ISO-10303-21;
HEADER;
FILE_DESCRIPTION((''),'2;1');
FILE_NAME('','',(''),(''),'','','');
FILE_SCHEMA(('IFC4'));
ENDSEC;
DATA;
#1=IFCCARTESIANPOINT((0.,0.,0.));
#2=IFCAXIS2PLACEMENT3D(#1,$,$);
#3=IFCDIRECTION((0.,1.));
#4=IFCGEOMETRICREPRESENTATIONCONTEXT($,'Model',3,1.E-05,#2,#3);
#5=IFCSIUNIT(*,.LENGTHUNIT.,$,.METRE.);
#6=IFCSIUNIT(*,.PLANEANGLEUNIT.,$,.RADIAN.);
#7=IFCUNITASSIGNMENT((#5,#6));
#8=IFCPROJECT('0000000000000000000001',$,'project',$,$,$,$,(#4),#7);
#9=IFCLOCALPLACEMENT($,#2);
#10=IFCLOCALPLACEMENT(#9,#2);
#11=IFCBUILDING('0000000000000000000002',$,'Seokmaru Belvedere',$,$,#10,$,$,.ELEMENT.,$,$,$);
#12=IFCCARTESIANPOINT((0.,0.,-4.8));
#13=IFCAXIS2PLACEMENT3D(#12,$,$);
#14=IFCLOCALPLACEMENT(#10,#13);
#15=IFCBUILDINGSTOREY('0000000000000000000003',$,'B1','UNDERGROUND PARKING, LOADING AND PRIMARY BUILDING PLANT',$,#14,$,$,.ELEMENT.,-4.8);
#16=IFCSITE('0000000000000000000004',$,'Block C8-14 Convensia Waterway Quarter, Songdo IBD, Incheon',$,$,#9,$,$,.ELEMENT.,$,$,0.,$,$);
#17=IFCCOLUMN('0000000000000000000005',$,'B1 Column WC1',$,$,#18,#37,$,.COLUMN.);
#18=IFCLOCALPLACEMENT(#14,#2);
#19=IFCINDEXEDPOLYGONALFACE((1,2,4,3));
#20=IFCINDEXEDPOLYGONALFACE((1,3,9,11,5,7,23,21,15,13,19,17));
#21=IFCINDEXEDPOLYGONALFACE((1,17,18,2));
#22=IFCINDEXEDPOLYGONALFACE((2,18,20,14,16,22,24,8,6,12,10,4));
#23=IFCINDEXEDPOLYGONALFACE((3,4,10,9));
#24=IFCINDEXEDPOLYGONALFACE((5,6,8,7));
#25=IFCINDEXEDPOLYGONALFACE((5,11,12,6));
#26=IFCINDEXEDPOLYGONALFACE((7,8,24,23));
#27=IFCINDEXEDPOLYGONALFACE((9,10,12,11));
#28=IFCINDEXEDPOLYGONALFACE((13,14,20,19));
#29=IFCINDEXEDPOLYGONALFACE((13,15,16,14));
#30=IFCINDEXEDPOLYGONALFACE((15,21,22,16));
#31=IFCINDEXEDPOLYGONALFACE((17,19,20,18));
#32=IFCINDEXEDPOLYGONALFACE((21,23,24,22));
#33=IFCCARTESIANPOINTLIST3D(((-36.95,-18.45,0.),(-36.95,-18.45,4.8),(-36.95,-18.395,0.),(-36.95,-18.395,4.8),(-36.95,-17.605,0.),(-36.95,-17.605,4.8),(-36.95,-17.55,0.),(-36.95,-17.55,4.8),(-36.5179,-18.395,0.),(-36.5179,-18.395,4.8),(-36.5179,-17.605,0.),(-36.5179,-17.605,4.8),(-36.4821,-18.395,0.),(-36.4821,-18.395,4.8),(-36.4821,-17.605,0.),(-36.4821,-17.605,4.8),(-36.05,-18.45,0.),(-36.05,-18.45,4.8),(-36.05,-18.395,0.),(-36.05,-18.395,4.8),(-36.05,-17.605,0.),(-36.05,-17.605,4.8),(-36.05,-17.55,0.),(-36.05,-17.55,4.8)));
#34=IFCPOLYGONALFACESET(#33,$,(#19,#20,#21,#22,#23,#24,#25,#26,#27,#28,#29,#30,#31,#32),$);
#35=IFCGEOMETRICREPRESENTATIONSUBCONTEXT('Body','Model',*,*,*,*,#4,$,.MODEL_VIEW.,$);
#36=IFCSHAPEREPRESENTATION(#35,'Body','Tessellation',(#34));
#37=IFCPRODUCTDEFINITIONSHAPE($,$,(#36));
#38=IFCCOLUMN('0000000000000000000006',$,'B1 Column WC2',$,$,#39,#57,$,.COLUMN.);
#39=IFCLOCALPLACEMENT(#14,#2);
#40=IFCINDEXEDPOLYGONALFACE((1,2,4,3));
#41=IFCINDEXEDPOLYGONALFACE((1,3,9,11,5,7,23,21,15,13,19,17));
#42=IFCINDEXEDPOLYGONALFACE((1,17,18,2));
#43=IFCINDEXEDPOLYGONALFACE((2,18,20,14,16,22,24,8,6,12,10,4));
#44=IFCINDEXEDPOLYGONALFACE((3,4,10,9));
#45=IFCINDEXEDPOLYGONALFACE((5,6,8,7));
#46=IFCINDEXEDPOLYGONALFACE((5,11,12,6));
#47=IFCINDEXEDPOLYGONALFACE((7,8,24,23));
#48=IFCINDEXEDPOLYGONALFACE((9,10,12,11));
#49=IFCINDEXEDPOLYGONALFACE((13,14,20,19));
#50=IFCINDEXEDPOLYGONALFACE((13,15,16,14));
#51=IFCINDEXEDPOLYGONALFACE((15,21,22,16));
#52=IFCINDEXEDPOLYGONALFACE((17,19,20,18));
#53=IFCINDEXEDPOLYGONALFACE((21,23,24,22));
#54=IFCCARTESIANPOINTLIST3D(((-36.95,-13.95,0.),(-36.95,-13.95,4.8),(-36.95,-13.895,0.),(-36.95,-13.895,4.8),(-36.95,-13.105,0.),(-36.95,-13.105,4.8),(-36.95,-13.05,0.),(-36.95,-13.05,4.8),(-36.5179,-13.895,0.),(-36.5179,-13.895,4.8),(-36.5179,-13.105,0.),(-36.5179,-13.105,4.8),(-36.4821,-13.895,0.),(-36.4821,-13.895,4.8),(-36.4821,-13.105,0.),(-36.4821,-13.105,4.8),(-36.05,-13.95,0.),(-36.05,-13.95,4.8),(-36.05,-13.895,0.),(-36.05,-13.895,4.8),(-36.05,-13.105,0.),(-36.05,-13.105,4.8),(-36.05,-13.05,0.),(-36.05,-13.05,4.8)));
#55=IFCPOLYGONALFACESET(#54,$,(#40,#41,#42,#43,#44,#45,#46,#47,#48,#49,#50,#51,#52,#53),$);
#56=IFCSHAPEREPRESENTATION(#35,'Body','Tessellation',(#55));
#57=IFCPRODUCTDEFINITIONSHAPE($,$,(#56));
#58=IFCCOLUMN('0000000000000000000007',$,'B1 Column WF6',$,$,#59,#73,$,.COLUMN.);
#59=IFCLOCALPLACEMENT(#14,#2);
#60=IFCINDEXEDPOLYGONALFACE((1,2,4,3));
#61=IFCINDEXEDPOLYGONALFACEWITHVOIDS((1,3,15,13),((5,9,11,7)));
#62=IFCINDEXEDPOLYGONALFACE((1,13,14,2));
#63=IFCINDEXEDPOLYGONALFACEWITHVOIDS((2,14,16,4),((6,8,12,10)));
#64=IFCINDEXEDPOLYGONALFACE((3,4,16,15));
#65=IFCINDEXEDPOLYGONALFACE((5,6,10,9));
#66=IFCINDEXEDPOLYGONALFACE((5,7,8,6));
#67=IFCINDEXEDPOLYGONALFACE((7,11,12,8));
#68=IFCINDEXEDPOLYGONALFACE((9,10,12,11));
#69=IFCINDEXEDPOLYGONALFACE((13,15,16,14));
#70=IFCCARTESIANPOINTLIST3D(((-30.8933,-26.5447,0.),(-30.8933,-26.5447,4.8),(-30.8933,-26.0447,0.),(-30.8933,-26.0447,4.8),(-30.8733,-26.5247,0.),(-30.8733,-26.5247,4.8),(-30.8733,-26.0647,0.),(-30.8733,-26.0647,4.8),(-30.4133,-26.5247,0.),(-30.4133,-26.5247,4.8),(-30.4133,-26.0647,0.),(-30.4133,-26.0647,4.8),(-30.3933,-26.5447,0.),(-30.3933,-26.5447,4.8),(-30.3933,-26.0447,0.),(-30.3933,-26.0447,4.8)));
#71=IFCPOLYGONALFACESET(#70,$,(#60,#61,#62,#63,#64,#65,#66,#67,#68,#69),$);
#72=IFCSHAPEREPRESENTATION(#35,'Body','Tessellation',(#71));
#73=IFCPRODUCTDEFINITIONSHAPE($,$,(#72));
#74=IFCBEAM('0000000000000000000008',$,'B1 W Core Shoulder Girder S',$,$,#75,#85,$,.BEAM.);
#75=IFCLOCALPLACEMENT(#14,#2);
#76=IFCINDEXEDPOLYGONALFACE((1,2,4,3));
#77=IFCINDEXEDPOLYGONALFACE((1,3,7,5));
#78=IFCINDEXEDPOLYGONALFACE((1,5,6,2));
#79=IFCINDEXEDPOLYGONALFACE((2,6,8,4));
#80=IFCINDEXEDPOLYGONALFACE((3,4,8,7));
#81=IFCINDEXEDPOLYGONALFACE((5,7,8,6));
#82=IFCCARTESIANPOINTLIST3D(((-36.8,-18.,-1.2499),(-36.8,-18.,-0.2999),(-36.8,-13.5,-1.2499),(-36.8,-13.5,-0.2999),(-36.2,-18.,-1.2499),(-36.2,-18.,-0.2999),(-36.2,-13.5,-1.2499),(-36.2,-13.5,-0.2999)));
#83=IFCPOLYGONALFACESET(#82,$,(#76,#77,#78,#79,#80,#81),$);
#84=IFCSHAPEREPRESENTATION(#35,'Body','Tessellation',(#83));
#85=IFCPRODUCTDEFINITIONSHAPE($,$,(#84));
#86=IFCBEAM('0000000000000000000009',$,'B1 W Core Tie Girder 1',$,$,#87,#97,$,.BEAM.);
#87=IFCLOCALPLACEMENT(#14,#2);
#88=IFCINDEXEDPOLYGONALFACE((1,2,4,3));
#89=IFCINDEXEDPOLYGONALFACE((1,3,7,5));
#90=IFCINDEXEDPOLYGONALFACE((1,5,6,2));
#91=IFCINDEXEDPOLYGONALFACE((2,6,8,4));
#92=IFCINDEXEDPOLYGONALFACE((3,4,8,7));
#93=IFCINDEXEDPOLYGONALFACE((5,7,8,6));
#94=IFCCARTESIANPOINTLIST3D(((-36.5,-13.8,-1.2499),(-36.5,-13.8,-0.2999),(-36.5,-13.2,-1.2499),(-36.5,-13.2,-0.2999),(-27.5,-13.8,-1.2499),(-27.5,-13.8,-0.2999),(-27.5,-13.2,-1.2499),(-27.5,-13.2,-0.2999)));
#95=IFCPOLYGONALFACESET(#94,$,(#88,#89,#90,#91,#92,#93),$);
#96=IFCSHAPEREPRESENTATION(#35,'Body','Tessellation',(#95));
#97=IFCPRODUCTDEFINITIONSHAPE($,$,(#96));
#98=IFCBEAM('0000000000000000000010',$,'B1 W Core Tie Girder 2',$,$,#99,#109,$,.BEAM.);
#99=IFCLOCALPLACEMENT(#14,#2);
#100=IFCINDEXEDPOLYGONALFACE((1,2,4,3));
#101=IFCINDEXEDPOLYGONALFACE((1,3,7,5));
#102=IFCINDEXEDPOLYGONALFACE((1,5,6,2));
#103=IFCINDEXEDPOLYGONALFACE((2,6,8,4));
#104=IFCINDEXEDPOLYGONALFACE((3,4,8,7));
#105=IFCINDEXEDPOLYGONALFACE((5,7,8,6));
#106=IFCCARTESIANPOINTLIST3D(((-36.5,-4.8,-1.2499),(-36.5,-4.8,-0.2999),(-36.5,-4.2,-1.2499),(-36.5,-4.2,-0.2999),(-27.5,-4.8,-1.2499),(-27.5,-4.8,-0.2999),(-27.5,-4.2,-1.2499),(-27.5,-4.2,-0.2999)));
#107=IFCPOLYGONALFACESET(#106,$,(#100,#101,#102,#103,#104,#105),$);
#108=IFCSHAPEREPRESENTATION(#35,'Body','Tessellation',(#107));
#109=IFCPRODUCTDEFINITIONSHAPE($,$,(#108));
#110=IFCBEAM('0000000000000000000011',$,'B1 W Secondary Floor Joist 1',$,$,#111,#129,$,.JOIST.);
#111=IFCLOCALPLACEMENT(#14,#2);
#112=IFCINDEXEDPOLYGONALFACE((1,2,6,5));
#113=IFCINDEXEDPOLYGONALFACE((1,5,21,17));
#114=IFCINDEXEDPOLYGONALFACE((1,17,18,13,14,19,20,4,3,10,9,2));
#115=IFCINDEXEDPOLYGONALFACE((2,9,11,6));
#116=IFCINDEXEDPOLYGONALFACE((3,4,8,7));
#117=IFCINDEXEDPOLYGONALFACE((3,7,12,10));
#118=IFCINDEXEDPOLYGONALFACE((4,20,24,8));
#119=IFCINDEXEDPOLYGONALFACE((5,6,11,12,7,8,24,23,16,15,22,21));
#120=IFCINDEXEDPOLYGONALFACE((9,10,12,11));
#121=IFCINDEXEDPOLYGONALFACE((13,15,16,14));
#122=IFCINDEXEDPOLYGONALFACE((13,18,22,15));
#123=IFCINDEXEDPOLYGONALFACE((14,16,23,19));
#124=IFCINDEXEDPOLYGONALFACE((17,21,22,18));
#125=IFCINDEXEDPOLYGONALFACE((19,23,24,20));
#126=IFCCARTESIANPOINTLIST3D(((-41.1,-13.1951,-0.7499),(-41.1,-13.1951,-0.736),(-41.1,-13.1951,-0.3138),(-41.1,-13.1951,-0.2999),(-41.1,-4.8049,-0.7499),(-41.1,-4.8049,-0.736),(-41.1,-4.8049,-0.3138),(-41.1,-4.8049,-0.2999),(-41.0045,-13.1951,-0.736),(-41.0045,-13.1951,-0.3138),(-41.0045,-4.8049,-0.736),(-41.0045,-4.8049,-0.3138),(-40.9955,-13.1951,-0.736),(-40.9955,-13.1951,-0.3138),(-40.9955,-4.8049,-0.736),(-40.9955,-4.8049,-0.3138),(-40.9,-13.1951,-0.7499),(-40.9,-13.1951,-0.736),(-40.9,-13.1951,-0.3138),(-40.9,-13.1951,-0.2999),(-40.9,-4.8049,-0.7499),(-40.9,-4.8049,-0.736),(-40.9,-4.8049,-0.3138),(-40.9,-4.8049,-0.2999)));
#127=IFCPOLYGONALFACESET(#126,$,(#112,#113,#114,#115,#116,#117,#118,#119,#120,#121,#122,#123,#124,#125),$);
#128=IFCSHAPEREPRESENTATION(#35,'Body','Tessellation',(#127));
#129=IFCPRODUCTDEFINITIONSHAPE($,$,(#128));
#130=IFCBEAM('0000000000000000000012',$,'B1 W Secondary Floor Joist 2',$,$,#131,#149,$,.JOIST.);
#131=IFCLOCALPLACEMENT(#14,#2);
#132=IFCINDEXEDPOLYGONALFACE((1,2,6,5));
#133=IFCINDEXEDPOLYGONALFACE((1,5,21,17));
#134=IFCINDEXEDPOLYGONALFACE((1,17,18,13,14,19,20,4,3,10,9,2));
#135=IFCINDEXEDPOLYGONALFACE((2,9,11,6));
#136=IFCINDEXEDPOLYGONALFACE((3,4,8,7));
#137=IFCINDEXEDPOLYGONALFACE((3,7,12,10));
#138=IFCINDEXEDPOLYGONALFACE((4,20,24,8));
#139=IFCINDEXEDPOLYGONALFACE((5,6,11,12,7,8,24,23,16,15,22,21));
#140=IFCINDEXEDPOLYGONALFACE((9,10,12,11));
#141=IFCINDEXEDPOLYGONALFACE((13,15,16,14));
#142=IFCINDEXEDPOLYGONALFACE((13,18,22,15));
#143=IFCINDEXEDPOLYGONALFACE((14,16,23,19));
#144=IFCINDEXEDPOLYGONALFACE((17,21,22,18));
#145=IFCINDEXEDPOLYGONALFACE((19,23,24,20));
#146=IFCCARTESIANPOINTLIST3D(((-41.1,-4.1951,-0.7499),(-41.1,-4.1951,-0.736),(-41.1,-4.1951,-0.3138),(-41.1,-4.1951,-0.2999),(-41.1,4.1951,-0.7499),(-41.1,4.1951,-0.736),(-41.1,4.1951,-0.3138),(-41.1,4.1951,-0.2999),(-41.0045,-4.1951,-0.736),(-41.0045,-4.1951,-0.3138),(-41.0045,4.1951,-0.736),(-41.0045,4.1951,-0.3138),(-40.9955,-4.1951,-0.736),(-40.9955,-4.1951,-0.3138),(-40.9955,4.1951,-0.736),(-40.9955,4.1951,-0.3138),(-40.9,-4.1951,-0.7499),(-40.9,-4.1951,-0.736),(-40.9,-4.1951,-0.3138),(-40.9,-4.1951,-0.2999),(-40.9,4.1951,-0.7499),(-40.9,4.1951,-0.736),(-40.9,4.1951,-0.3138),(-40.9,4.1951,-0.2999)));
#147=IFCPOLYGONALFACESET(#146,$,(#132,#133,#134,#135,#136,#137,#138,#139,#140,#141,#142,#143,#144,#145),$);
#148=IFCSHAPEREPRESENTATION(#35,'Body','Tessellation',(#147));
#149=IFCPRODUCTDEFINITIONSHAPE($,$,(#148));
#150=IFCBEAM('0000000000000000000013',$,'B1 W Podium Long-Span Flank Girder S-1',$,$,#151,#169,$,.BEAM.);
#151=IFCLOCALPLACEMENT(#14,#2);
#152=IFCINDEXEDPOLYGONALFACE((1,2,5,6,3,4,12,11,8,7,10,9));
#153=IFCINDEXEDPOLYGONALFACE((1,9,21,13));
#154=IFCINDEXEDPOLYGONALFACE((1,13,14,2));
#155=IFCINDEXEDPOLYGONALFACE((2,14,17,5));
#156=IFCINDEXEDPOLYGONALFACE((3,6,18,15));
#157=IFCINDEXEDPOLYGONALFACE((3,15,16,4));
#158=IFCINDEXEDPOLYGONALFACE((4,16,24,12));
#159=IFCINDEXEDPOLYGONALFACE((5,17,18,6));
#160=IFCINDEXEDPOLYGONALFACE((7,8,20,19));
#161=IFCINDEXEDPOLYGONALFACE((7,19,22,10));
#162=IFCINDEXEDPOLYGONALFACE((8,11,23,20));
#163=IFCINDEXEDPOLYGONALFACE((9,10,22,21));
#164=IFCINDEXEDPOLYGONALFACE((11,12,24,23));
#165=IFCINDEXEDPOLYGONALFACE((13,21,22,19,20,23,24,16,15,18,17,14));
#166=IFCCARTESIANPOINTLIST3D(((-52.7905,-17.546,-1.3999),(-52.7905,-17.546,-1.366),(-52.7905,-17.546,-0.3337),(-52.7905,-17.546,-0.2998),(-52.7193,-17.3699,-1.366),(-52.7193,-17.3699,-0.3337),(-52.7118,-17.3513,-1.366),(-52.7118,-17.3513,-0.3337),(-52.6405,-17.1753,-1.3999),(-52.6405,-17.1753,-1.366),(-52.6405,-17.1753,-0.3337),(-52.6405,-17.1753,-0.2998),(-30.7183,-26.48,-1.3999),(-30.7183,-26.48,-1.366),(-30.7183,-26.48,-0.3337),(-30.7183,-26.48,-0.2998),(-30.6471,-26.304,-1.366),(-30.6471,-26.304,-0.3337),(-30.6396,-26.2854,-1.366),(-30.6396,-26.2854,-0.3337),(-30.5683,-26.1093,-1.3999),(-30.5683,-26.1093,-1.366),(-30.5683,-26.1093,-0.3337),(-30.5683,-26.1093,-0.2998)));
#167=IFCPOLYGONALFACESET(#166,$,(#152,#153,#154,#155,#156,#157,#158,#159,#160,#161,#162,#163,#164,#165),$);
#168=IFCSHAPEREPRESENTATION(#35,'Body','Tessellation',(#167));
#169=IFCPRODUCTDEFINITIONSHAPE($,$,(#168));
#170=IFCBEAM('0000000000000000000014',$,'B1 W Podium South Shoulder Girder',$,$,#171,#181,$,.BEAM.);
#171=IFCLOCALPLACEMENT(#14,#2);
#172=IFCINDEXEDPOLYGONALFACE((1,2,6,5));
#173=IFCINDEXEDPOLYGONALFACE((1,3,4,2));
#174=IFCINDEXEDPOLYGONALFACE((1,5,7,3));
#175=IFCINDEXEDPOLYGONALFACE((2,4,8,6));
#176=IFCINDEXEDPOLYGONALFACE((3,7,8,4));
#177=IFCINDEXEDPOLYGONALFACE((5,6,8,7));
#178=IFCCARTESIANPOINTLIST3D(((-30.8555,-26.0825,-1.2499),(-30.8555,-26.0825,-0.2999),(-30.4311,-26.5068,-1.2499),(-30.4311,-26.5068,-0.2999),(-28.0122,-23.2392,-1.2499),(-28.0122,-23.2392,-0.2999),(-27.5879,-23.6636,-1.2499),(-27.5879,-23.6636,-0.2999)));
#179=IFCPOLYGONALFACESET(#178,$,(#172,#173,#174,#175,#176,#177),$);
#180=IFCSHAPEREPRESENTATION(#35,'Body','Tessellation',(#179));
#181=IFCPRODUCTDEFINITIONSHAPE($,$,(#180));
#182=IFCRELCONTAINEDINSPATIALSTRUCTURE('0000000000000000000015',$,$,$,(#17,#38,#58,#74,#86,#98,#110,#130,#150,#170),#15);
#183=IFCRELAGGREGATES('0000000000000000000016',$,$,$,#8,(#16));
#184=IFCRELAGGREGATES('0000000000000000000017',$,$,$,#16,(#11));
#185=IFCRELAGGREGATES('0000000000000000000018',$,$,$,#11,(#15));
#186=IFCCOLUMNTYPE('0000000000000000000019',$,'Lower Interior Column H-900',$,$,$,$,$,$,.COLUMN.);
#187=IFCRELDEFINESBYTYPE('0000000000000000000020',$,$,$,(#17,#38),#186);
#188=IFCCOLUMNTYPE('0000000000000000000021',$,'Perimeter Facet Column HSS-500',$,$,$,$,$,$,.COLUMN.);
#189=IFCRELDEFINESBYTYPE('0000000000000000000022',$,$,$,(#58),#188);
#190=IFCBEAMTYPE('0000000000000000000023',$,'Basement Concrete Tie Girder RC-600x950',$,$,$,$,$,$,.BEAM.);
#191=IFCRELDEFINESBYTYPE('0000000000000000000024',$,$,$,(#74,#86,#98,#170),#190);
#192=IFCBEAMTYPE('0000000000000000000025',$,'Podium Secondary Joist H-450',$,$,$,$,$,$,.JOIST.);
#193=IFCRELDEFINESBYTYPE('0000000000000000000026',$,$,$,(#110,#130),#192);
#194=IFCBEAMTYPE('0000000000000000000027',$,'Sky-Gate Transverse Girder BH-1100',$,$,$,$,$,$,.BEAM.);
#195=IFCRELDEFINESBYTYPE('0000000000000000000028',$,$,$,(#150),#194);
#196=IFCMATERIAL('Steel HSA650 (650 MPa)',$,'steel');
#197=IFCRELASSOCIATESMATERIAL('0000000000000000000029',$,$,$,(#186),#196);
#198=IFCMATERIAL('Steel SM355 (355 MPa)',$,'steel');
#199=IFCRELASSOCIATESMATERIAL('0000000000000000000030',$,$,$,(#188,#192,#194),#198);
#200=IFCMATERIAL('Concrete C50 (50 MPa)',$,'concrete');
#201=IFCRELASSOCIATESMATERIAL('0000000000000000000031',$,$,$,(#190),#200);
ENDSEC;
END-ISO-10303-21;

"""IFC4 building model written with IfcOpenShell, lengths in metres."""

from ifc_helpers import new_model, si_unit, direction, frame, origin, origin_2d, place, context, subcontext, project, spatial, rectangle, hollow_rectangle, i_section, extrude, source, transform, mapped, material, material_profile, profile_set, type_object, type_shapes, element, save


model = new_model("IFC4")

# Units and contexts
model_context = context("Model", 3, precision=1e-05, world=origin(), true_north=direction((0.0, 1.0)))
body_context = subcontext(model_context, "Body", "Model", "MODEL_VIEW")
ifc_project = project(units=[si_unit("LENGTHUNIT", "METRE"), si_unit("PLANEANGLEUNIT", "RADIAN")], contexts=[model_context])

# Site, building, storey
site_placement = place(None, origin())
site = spatial("IfcSite", under=ifc_project, at=site_placement, Name="Block C8-14 Convensia Waterway Quarter, Songdo IBD, Incheon", CompositionType="ELEMENT", RefElevation=0.0)
building_placement = place(site_placement, origin())
building = spatial("IfcBuilding", under=site, at=building_placement, Name="Seokmaru Belvedere", CompositionType="ELEMENT")
storey_placement = place(building_placement, frame((0.0, 0.0, -4.8)))
storey = spatial("IfcBuildingStorey", under=building, at=storey_placement, Name="B1", Description="UNDERGROUND PARKING, LOADING AND PRIMARY BUILDING PLANT", CompositionType="ELEMENT", Elevation=-4.8)

# Columns
ifc_material_1 = material(Name="Steel HSA650 (650 MPa)", Category="steel")
ifc_material_profile_1 = material_profile(ifc_material_1, i_section(OverallWidth=0.8999, OverallDepth=0.8999, WebThickness=0.0359, FlangeThickness=0.0549, at=origin_2d()), Name="H-900x900x36x55")
ifc_profile_set_1 = profile_set([ifc_material_profile_1], Name="Steel HSA650 (650 MPa)")
column_type_1 = type_object("IfcColumnType", Name="Lower Interior Column H-900", PredefinedType="COLUMN", material=ifc_profile_set_1)
shared_shape_1 = source(origin(), body_context, "Body", "SweptSolid", [
    extrude(i_section(OverallWidth=0.8999, OverallDepth=0.8999, WebThickness=0.0359, FlangeThickness=0.0549, at=origin_2d()), origin(), (0.0, 0.0, 1.0), 4.8),
])
type_shapes(column_type_1, [shared_shape_1])
for number, where, z_axis, x_axis, name in (
    (1, (-36.5, -18.0, 0.0), (0.0, 0.0, 1.0), (1.0, 0.0, 0.0), "B1 Column WC1"),
    (2, (-36.5, -13.5, 0.0), (0.0, 0.0, 1.0), (1.0, 0.0, 0.0), "B1 Column WC2"),
):
    element("IfcColumn", number, at=place(storey_placement, frame(where, z_axis=z_axis, x_axis=x_axis)), inside=storey, type_object=column_type_1, Name=name, PredefinedType="COLUMN", context=body_context, shape_type="MappedRepresentation", body=[
        mapped(shared_shape_1, transform((0.0, 0.0, 0.0), scale=1.0)),
    ])
ifc_material_2 = material(Name="Steel SM355 (355 MPa)", Category="steel")
ifc_material_profile_2 = material_profile(ifc_material_2, hollow_rectangle(XDim=0.5, YDim=0.5, WallThickness=0.02, at=origin_2d()), Name="HSS-500x500x20")
ifc_profile_set_2 = profile_set([ifc_material_profile_2], Name="Steel SM355 (355 MPa)")
column_type_2 = type_object("IfcColumnType", Name="Perimeter Facet Column HSS-500", PredefinedType="COLUMN", material=ifc_profile_set_2)
shared_shape_2 = source(origin(), body_context, "Body", "SweptSolid", [
    extrude(hollow_rectangle(XDim=0.5, YDim=0.5, WallThickness=0.02, at=origin_2d()), origin(), (0.0, 0.0, 1.0), 4.8),
])
type_shapes(column_type_2, [shared_shape_2])
column_placement = place(storey_placement, frame((-30.6433, -26.2947, 0.0), z_axis=(0.0, 0.0, 1.0), x_axis=(1.0, 0.0, 0.0)))
element("IfcColumn", 3, at=column_placement, inside=storey, type_object=column_type_2, Name="B1 Column WF6", PredefinedType="COLUMN", context=body_context, shape_type="MappedRepresentation", body=[
    mapped(shared_shape_2, transform((0.0, 0.0, 0.0), scale=1.0)),
])

# Beams
ifc_material_3 = material(Name="Concrete C50 (50 MPa)", Category="concrete")
ifc_material_profile_3 = material_profile(ifc_material_3, rectangle(XDim=0.6001, YDim=0.95, at=origin_2d()), Name="RC-600x950")
ifc_profile_set_3 = profile_set([ifc_material_profile_3], Name="Concrete C50 (50 MPa)")
beam_type_1 = type_object("IfcBeamType", Name="Basement Concrete Tie Girder RC-600x950", PredefinedType="BEAM", material=ifc_profile_set_3)
shared_shape_3 = source(origin(), body_context, "Body", "SweptSolid", [
    extrude(rectangle(XDim=0.6001, YDim=0.95, at=origin_2d()), origin(), (0.0, 0.0, 1.0), 4.5),
])
beam_1_placement = place(storey_placement, frame((-36.5, -18.0, -0.7749), z_axis=(0.0, 1.0, 0.0), x_axis=(-1.0, 0.0, 0.0)))
element("IfcBeam", 4, at=beam_1_placement, inside=storey, type_object=beam_type_1, Name="B1 W Core Shoulder Girder S", PredefinedType="BEAM", context=body_context, shape_type="MappedRepresentation", body=[
    mapped(shared_shape_3, transform((0.0, 0.0, 0.0), scale=1.0)),
])
shared_shape_4 = source(origin(), body_context, "Body", "SweptSolid", [
    extrude(rectangle(XDim=0.6001, YDim=0.95, at=origin_2d()), origin(), (0.0, 0.0, 1.0), 9.0),
])
for number, where, z_axis, x_axis, name in (
    (5, (-36.5, -13.5, -0.7749), (1.0, 0.0, 0.0), (0.0, 1.0, 0.0), "B1 W Core Tie Girder 1"),
    (6, (-36.5, -4.5, -0.7749), (1.0, 0.0, 0.0), (0.0, 1.0, 0.0), "B1 W Core Tie Girder 2"),
):
    element("IfcBeam", number, at=place(storey_placement, frame(where, z_axis=z_axis, x_axis=x_axis)), inside=storey, type_object=beam_type_1, Name=name, PredefinedType="BEAM", context=body_context, shape_type="MappedRepresentation", body=[
        mapped(shared_shape_4, transform((0.0, 0.0, 0.0), scale=1.0)),
    ])
ifc_material_profile_4 = material_profile(ifc_material_2, i_section(OverallWidth=0.2, OverallDepth=0.45, WebThickness=0.009, FlangeThickness=0.0139, at=origin_2d()), Name="H-450x200x9x14")
ifc_profile_set_4 = profile_set([ifc_material_profile_4], Name="Steel SM355 (355 MPa)")
beam_type_2 = type_object("IfcBeamType", Name="Podium Secondary Joist H-450", PredefinedType="JOIST", material=ifc_profile_set_4)
shared_shape_5 = source(origin(), body_context, "Body", "SweptSolid", [
    extrude(i_section(OverallWidth=0.2, OverallDepth=0.45, WebThickness=0.009, FlangeThickness=0.0139, at=origin_2d()), origin(), (0.0, 0.0, 1.0), 8.3901),
])
type_shapes(beam_type_2, [shared_shape_5])
for number, where, z_axis, x_axis, name in (
    (7, (-41.0, -13.1951, -0.5249), (0.0, 1.0, 0.0), (-1.0, 0.0, 0.0), "B1 W Secondary Floor Joist 1"),
    (8, (-41.0, -4.1951, -0.5249), (0.0, 1.0, 0.0), (-1.0, 0.0, 0.0), "B1 W Secondary Floor Joist 2"),
):
    element("IfcBeam", number, at=place(storey_placement, frame(where, z_axis=z_axis, x_axis=x_axis)), inside=storey, type_object=beam_type_2, Name=name, PredefinedType="JOIST", context=body_context, shape_type="MappedRepresentation", body=[
        mapped(shared_shape_5, transform((0.0, 0.0, 0.0), scale=1.0)),
    ])
ifc_material_profile_5 = material_profile(ifc_material_2, i_section(OverallWidth=0.3999, OverallDepth=1.1001, WebThickness=0.02, FlangeThickness=0.0339, at=origin_2d()), Name="BH-1100x400x20x34")
ifc_profile_set_5 = profile_set([ifc_material_profile_5], Name="Steel SM355 (355 MPa)")
beam_type_3 = type_object("IfcBeamType", Name="Sky-Gate Transverse Girder BH-1100", PredefinedType="BEAM", material=ifc_profile_set_5)
shared_shape_6 = source(origin(), body_context, "Body", "SweptSolid", [
    extrude(i_section(OverallWidth=0.3999, OverallDepth=1.1001, WebThickness=0.02, FlangeThickness=0.0339, at=origin_2d()), origin(), (0.0, 0.0, 1.0), 23.8118),
])
type_shapes(beam_type_3, [shared_shape_6])
beam_2_placement = place(storey_placement, frame((-30.6433, -26.2947, -0.8499), z_axis=(-0.926946, 0.375195, 0.0), x_axis=(-0.375195, -0.926946, 0.0)))
element("IfcBeam", 9, at=beam_2_placement, inside=storey, type_object=beam_type_3, Name="B1 W Podium Long-Span Flank Girder S-1", PredefinedType="BEAM", context=body_context, shape_type="MappedRepresentation", body=[
    mapped(shared_shape_6, transform((0.0, 0.0, 0.0), scale=1.0)),
])
shared_shape_7 = source(origin(), body_context, "Body", "SweptSolid", [
    extrude(rectangle(XDim=0.6001, YDim=0.95, at=origin_2d()), origin(), (0.0, 0.0, 1.0), 4.021),
])
type_shapes(beam_type_1, [shared_shape_3, shared_shape_4, shared_shape_7])
beam_3_placement = place(storey_placement, frame((-30.6433, -26.2947, -0.7749), z_axis=(0.707107, 0.707107, 0.0), x_axis=(-0.707107, 0.707107, 0.0)))
element("IfcBeam", 10, at=beam_3_placement, inside=storey, type_object=beam_type_1, Name="B1 W Podium South Shoulder Girder", PredefinedType="BEAM", context=body_context, shape_type="MappedRepresentation", body=[
    mapped(shared_shape_7, transform((0.0, 0.0, 0.0), scale=1.0)),
])

save(model, "model.ifc")
